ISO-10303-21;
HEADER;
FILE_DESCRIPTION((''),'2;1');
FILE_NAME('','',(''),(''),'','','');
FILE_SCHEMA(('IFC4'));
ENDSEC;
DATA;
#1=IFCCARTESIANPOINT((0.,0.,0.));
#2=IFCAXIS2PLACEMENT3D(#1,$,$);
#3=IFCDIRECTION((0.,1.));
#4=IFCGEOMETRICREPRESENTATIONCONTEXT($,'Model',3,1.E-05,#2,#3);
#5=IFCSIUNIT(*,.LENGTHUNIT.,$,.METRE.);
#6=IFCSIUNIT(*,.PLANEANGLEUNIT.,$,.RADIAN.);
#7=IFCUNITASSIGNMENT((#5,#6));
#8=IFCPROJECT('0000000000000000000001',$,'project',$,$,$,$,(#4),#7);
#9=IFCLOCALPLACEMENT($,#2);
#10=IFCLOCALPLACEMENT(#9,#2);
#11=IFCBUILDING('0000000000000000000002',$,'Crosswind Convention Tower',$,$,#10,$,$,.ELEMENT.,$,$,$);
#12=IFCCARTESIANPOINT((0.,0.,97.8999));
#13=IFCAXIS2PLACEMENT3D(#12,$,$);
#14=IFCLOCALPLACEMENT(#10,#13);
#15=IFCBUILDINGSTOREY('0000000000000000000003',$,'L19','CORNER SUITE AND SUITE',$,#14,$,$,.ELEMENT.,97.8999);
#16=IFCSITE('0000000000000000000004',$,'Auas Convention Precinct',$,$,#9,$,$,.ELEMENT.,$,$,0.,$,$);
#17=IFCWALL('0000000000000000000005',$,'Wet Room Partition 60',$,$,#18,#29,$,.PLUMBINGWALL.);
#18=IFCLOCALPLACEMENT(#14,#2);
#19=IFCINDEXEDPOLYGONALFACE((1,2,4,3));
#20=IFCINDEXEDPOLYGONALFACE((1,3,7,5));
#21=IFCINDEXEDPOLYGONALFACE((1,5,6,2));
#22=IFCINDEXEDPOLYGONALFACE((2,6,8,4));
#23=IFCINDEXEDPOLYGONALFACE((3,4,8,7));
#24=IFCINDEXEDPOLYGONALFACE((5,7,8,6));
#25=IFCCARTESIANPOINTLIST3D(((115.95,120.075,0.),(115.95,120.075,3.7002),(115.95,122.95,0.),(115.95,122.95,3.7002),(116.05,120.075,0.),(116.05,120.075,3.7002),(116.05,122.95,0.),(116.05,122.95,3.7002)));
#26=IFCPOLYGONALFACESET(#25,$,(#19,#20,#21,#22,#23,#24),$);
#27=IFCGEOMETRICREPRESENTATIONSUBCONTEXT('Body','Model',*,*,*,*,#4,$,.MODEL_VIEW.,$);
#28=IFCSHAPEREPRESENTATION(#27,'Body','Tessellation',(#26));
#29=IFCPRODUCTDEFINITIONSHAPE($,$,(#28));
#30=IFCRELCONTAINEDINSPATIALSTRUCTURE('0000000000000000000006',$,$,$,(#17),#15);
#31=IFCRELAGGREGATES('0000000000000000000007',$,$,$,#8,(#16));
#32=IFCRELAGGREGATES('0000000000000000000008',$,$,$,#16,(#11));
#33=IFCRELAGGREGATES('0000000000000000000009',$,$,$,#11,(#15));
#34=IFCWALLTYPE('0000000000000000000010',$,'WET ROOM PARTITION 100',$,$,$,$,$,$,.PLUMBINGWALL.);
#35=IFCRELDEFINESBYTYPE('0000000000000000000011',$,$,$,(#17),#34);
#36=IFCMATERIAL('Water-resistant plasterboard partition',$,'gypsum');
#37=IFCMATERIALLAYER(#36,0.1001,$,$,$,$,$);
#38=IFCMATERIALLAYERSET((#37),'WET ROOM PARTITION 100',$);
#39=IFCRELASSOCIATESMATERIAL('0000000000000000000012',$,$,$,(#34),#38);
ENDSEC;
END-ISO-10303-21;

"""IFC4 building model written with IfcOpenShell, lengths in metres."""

from ifc_helpers import new_model, si_unit, direction, frame, frame_2d, origin, place, context, subcontext, project, spatial, rectangle, extrude, material, layer, layer_set, type_object, element, save


model = new_model("IFC4")

# Units and contexts
model_context = context("Model", 3, precision=1e-05, world=origin(), true_north=direction((0.0, 1.0)))
body_context = subcontext(model_context, "Body", "Model", "MODEL_VIEW")
ifc_project = project(units=[si_unit("LENGTHUNIT", "METRE"), si_unit("PLANEANGLEUNIT", "RADIAN")], contexts=[model_context])

# Site, building, storey
site_placement = place(None, origin())
site = spatial("IfcSite", under=ifc_project, at=site_placement, Name="Auas Convention Precinct", CompositionType="ELEMENT", RefElevation=0.0)
building_placement = place(site_placement, origin())
building = spatial("IfcBuilding", under=site, at=building_placement, Name="Crosswind Convention Tower", CompositionType="ELEMENT")
storey_placement = place(building_placement, frame((0.0, 0.0, 97.8999)))
storey = spatial("IfcBuildingStorey", under=building, at=storey_placement, Name="L19", Description="CORNER SUITE AND SUITE", CompositionType="ELEMENT", Elevation=97.8999)

# Shared definitions
ifc_material_1 = material(Name="Water-resistant plasterboard partition", Category="gypsum")
ifc_layer_1 = layer(ifc_material_1, 0.1001)
ifc_layer_set_1 = layer_set([ifc_layer_1], Name="WET ROOM PARTITION 100")
wall_type_1 = type_object("IfcWallType", Name="WET ROOM PARTITION 100", PredefinedType="PLUMBINGWALL", material=ifc_layer_set_1)

# Wall
for number, where, z_axis, x_axis, name in (
    (1, (116.0, 120.075, 0.0), (0.0, 0.0, 1.0), (0.0, 1.0, 0.0), "Wet Room Partition 60"),
):
    element("IfcWall", number, at=place(storey_placement, frame(where, z_axis=z_axis, x_axis=x_axis)), inside=storey, type_object=wall_type_1, Name=name, PredefinedType="PLUMBINGWALL", context=body_context, shape_type="SweptSolid", body=[
        extrude(rectangle(XDim=2.875, YDim=0.1001, at=frame_2d((1.4375, 0.0))), origin(), (0.0, 0.0, 1.0), 3.7002),
    ])

save(model, "model.ifc")
